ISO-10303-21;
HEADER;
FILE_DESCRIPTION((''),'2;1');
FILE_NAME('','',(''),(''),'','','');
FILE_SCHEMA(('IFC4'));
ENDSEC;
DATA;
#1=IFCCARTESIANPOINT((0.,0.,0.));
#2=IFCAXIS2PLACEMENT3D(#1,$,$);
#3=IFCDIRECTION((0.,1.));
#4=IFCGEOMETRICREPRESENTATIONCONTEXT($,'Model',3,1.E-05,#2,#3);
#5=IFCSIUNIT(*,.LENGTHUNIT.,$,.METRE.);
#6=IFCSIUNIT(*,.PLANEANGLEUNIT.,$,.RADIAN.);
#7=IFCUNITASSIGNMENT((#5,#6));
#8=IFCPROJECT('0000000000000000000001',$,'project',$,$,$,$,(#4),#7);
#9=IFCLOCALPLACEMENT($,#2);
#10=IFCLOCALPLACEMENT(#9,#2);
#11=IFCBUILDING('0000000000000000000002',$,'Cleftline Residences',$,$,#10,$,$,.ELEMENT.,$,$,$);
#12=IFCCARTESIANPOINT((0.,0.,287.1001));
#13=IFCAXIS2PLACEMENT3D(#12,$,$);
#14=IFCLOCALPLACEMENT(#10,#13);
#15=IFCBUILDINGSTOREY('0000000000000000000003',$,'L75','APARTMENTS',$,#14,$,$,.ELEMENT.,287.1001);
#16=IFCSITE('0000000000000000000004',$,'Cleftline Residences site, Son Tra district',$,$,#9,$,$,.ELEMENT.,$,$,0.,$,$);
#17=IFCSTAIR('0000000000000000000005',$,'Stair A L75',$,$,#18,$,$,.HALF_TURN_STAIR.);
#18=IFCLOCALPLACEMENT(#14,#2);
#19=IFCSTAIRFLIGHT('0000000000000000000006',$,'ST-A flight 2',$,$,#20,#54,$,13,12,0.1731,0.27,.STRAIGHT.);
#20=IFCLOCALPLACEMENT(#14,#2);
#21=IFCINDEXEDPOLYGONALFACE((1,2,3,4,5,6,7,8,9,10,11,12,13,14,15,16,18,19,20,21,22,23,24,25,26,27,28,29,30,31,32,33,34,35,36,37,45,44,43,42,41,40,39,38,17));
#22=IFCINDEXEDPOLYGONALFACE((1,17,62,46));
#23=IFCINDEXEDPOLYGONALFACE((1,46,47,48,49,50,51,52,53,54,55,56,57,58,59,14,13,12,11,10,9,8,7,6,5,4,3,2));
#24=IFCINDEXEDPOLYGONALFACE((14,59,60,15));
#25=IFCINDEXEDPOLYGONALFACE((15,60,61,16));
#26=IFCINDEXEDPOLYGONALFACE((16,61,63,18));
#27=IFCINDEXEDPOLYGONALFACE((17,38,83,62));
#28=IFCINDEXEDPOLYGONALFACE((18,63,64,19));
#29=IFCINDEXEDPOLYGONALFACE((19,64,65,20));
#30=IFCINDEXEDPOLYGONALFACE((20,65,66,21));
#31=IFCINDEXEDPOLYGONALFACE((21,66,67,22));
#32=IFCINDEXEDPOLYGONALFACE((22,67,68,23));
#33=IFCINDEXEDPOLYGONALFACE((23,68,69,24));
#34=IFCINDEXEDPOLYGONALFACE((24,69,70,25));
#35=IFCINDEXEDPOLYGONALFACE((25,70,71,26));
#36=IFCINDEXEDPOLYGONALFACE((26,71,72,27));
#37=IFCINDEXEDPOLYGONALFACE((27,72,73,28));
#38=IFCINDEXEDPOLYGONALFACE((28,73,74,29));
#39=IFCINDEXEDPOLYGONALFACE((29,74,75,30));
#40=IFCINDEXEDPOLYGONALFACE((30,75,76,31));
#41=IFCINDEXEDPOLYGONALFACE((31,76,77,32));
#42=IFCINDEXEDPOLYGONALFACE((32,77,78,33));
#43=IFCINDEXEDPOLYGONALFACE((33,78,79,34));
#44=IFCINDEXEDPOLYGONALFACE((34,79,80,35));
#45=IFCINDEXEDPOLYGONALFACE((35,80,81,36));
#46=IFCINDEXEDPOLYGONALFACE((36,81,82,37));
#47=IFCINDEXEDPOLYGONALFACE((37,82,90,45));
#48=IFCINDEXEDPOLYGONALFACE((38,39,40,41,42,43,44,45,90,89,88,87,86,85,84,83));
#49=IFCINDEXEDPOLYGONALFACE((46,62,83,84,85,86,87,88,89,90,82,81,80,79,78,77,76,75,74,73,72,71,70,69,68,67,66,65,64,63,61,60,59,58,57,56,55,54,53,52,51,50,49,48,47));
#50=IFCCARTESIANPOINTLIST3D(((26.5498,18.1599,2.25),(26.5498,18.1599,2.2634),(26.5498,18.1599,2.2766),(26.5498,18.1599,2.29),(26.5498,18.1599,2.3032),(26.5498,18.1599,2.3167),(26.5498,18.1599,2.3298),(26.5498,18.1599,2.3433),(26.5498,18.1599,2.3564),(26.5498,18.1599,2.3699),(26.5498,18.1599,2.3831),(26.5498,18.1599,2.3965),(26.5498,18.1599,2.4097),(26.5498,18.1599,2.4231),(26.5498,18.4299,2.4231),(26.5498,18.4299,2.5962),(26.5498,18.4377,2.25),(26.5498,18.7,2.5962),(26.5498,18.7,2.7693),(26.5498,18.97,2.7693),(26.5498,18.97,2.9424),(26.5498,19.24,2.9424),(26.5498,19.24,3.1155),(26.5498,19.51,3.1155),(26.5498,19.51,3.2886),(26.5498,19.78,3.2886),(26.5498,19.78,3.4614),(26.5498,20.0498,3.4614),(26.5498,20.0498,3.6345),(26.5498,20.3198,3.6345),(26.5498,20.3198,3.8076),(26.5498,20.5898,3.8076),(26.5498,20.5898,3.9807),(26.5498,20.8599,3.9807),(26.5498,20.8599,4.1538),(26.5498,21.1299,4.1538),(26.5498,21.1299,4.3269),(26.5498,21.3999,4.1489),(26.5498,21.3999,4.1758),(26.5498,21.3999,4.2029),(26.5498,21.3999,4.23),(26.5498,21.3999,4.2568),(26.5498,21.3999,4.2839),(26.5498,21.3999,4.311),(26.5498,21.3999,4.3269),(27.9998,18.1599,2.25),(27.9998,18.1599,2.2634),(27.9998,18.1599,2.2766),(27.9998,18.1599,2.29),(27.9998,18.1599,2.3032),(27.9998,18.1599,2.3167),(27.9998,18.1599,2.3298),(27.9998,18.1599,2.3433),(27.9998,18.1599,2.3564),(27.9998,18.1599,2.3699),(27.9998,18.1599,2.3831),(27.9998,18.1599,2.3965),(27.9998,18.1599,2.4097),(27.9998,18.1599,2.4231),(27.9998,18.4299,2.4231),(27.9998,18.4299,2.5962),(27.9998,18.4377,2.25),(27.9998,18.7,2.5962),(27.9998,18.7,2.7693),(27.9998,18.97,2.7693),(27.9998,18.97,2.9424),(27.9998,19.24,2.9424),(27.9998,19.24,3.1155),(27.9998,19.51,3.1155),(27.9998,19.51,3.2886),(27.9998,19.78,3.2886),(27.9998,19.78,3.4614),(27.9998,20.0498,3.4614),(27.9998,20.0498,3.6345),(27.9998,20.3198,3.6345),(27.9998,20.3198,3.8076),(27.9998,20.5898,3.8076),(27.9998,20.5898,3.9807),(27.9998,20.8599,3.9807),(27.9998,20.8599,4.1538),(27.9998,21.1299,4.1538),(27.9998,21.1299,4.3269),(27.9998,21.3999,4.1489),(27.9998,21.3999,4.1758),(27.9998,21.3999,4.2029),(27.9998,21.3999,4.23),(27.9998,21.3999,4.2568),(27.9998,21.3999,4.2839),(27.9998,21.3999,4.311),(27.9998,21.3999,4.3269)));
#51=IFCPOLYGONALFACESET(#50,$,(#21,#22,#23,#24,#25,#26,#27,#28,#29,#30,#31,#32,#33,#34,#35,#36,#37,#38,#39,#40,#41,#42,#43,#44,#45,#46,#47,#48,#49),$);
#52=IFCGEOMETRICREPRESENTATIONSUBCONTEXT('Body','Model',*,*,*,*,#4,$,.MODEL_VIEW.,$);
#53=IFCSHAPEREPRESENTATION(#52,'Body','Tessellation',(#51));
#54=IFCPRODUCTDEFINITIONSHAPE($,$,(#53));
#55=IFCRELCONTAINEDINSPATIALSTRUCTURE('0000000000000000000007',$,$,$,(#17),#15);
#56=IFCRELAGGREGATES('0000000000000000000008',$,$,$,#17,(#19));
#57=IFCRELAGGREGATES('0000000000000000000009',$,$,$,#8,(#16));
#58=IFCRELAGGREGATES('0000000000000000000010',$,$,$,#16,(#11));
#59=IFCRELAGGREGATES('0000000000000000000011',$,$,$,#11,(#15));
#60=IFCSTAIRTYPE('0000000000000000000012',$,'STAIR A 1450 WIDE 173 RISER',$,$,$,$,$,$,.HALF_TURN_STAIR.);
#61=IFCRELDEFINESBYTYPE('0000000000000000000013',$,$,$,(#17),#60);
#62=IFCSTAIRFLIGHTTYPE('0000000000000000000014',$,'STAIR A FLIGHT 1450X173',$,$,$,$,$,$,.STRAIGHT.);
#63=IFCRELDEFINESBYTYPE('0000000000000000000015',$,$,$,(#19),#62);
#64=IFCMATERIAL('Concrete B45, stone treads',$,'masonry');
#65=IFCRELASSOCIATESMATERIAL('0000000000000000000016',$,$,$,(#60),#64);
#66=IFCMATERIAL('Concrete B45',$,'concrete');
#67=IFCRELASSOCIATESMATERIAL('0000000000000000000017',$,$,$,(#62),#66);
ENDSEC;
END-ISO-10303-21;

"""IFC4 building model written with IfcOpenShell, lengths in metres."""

from ifc_helpers import new_model, si_unit, direction, frame, origin, place, context, subcontext, project, spatial, polyline, outline, extrude, material, type_object, element, aggregate, save


model = new_model("IFC4")

# Units and contexts
model_context = context("Model", 3, precision=1e-05, world=origin(), true_north=direction((0.0, 1.0)))
body_context = subcontext(model_context, "Body", "Model", "MODEL_VIEW")
ifc_project = project(units=[si_unit("LENGTHUNIT", "METRE"), si_unit("PLANEANGLEUNIT", "RADIAN")], contexts=[model_context])

# Site, building, storey
site_placement = place(None, origin())
site = spatial("IfcSite", under=ifc_project, at=site_placement, Name="Cleftline Residences site, Son Tra district", CompositionType="ELEMENT", RefElevation=0.0)
building_placement = place(site_placement, origin())
building = spatial("IfcBuilding", under=site, at=building_placement, Name="Cleftline Residences", CompositionType="ELEMENT")
storey_placement = place(building_placement, frame((0.0, 0.0, 287.1001)))
storey = spatial("IfcBuildingStorey", under=building, at=storey_placement, Name="L75", Description="APARTMENTS", CompositionType="ELEMENT", Elevation=287.1001)

# Stair
ifc_material_1 = material(Name="Concrete B45, stone treads", Category="masonry")
stair_type_1 = type_object("IfcStairType", Name="STAIR A 1450 WIDE 173 RISER", PredefinedType="HALF_TURN_STAIR", material=ifc_material_1)
stair_1_placement = place(storey_placement, origin())
stair_1 = element("IfcStair", 1, at=stair_1_placement, inside=storey, type_object=stair_type_1, Name="Stair A L75", PredefinedType="HALF_TURN_STAIR")

# Stair flight
ifc_material_2 = material(Name="Concrete B45", Category="concrete")
stair_flight_type = type_object("IfcStairFlightType", Name="STAIR A FLIGHT 1450X173", PredefinedType="STRAIGHT", material=ifc_material_2)
stair_flight_placement = place(storey_placement, frame((27.2749, 18.1599, 2.25), z_axis=(0.0, 0.0, 1.0), x_axis=(0.0, 1.0, 0.0)))
stair_flight = element("IfcStairFlight", 2, at=stair_flight_placement, type_object=stair_flight_type, Name="ST-A flight 2", NumberOfRisers=13, NumberOfTreads=12, PredefinedType="STRAIGHT", RiserHeight=0.1731, TreadLength=0.27, context=body_context, shape_type="SweptSolid", body=[
    extrude(outline(polyline([(0.0, 0.0), (0.0, 0.0134), (0.0, 0.0266), (0.0, 0.04), (0.0, 0.0532), (0.0, 0.0667), (0.0, 0.0798), (0.0, 0.0933), (0.0, 0.1064), (0.0, 0.1199), (0.0, 0.1331), (0.0, 0.1465), (0.0, 0.1597), (0.0, 0.1731), (0.27, 0.1731), (0.27, 0.3462), (0.54, 0.3462), (0.54, 0.5193), (0.8101, 0.5193), (0.8101, 0.6924), (1.0801, 0.6924), (1.0801, 0.8655), (1.3501, 0.8655), (1.3501, 1.0386), (1.6201, 1.0386), (1.6201, 1.2114), (1.8899, 1.2114), (1.8899, 1.3845), (2.1599, 1.3845), (2.1599, 1.5576), (2.4299, 1.5576), (2.4299, 1.7307), (2.7, 1.7307), (2.7, 1.9038), (2.97, 1.9038), (2.97, 2.0769), (3.24, 2.0769), (3.24, 2.25), (3.24, 2.2229), (3.24, 2.196), (3.24, 2.1689), (3.24, 2.1418), (3.24, 2.115), (3.24, 2.0879), (3.24, 2.061), (3.24, 2.0339), (3.24, 2.0068), (3.24, 1.98), (3.24, 1.9529), (3.24, 1.9258), (3.24, 1.8989), (0.2778, 0.0), (0.0, 0.0)])), frame((0.0, 0.7251, 0.0), z_axis=(0.0, -1.0, 0.0), x_axis=(1.0, 0.0, 0.0)), (0.0, 0.0, 1.0), 1.45),
])
aggregate(stair_1, [stair_flight])

save(model, "model.ifc")
